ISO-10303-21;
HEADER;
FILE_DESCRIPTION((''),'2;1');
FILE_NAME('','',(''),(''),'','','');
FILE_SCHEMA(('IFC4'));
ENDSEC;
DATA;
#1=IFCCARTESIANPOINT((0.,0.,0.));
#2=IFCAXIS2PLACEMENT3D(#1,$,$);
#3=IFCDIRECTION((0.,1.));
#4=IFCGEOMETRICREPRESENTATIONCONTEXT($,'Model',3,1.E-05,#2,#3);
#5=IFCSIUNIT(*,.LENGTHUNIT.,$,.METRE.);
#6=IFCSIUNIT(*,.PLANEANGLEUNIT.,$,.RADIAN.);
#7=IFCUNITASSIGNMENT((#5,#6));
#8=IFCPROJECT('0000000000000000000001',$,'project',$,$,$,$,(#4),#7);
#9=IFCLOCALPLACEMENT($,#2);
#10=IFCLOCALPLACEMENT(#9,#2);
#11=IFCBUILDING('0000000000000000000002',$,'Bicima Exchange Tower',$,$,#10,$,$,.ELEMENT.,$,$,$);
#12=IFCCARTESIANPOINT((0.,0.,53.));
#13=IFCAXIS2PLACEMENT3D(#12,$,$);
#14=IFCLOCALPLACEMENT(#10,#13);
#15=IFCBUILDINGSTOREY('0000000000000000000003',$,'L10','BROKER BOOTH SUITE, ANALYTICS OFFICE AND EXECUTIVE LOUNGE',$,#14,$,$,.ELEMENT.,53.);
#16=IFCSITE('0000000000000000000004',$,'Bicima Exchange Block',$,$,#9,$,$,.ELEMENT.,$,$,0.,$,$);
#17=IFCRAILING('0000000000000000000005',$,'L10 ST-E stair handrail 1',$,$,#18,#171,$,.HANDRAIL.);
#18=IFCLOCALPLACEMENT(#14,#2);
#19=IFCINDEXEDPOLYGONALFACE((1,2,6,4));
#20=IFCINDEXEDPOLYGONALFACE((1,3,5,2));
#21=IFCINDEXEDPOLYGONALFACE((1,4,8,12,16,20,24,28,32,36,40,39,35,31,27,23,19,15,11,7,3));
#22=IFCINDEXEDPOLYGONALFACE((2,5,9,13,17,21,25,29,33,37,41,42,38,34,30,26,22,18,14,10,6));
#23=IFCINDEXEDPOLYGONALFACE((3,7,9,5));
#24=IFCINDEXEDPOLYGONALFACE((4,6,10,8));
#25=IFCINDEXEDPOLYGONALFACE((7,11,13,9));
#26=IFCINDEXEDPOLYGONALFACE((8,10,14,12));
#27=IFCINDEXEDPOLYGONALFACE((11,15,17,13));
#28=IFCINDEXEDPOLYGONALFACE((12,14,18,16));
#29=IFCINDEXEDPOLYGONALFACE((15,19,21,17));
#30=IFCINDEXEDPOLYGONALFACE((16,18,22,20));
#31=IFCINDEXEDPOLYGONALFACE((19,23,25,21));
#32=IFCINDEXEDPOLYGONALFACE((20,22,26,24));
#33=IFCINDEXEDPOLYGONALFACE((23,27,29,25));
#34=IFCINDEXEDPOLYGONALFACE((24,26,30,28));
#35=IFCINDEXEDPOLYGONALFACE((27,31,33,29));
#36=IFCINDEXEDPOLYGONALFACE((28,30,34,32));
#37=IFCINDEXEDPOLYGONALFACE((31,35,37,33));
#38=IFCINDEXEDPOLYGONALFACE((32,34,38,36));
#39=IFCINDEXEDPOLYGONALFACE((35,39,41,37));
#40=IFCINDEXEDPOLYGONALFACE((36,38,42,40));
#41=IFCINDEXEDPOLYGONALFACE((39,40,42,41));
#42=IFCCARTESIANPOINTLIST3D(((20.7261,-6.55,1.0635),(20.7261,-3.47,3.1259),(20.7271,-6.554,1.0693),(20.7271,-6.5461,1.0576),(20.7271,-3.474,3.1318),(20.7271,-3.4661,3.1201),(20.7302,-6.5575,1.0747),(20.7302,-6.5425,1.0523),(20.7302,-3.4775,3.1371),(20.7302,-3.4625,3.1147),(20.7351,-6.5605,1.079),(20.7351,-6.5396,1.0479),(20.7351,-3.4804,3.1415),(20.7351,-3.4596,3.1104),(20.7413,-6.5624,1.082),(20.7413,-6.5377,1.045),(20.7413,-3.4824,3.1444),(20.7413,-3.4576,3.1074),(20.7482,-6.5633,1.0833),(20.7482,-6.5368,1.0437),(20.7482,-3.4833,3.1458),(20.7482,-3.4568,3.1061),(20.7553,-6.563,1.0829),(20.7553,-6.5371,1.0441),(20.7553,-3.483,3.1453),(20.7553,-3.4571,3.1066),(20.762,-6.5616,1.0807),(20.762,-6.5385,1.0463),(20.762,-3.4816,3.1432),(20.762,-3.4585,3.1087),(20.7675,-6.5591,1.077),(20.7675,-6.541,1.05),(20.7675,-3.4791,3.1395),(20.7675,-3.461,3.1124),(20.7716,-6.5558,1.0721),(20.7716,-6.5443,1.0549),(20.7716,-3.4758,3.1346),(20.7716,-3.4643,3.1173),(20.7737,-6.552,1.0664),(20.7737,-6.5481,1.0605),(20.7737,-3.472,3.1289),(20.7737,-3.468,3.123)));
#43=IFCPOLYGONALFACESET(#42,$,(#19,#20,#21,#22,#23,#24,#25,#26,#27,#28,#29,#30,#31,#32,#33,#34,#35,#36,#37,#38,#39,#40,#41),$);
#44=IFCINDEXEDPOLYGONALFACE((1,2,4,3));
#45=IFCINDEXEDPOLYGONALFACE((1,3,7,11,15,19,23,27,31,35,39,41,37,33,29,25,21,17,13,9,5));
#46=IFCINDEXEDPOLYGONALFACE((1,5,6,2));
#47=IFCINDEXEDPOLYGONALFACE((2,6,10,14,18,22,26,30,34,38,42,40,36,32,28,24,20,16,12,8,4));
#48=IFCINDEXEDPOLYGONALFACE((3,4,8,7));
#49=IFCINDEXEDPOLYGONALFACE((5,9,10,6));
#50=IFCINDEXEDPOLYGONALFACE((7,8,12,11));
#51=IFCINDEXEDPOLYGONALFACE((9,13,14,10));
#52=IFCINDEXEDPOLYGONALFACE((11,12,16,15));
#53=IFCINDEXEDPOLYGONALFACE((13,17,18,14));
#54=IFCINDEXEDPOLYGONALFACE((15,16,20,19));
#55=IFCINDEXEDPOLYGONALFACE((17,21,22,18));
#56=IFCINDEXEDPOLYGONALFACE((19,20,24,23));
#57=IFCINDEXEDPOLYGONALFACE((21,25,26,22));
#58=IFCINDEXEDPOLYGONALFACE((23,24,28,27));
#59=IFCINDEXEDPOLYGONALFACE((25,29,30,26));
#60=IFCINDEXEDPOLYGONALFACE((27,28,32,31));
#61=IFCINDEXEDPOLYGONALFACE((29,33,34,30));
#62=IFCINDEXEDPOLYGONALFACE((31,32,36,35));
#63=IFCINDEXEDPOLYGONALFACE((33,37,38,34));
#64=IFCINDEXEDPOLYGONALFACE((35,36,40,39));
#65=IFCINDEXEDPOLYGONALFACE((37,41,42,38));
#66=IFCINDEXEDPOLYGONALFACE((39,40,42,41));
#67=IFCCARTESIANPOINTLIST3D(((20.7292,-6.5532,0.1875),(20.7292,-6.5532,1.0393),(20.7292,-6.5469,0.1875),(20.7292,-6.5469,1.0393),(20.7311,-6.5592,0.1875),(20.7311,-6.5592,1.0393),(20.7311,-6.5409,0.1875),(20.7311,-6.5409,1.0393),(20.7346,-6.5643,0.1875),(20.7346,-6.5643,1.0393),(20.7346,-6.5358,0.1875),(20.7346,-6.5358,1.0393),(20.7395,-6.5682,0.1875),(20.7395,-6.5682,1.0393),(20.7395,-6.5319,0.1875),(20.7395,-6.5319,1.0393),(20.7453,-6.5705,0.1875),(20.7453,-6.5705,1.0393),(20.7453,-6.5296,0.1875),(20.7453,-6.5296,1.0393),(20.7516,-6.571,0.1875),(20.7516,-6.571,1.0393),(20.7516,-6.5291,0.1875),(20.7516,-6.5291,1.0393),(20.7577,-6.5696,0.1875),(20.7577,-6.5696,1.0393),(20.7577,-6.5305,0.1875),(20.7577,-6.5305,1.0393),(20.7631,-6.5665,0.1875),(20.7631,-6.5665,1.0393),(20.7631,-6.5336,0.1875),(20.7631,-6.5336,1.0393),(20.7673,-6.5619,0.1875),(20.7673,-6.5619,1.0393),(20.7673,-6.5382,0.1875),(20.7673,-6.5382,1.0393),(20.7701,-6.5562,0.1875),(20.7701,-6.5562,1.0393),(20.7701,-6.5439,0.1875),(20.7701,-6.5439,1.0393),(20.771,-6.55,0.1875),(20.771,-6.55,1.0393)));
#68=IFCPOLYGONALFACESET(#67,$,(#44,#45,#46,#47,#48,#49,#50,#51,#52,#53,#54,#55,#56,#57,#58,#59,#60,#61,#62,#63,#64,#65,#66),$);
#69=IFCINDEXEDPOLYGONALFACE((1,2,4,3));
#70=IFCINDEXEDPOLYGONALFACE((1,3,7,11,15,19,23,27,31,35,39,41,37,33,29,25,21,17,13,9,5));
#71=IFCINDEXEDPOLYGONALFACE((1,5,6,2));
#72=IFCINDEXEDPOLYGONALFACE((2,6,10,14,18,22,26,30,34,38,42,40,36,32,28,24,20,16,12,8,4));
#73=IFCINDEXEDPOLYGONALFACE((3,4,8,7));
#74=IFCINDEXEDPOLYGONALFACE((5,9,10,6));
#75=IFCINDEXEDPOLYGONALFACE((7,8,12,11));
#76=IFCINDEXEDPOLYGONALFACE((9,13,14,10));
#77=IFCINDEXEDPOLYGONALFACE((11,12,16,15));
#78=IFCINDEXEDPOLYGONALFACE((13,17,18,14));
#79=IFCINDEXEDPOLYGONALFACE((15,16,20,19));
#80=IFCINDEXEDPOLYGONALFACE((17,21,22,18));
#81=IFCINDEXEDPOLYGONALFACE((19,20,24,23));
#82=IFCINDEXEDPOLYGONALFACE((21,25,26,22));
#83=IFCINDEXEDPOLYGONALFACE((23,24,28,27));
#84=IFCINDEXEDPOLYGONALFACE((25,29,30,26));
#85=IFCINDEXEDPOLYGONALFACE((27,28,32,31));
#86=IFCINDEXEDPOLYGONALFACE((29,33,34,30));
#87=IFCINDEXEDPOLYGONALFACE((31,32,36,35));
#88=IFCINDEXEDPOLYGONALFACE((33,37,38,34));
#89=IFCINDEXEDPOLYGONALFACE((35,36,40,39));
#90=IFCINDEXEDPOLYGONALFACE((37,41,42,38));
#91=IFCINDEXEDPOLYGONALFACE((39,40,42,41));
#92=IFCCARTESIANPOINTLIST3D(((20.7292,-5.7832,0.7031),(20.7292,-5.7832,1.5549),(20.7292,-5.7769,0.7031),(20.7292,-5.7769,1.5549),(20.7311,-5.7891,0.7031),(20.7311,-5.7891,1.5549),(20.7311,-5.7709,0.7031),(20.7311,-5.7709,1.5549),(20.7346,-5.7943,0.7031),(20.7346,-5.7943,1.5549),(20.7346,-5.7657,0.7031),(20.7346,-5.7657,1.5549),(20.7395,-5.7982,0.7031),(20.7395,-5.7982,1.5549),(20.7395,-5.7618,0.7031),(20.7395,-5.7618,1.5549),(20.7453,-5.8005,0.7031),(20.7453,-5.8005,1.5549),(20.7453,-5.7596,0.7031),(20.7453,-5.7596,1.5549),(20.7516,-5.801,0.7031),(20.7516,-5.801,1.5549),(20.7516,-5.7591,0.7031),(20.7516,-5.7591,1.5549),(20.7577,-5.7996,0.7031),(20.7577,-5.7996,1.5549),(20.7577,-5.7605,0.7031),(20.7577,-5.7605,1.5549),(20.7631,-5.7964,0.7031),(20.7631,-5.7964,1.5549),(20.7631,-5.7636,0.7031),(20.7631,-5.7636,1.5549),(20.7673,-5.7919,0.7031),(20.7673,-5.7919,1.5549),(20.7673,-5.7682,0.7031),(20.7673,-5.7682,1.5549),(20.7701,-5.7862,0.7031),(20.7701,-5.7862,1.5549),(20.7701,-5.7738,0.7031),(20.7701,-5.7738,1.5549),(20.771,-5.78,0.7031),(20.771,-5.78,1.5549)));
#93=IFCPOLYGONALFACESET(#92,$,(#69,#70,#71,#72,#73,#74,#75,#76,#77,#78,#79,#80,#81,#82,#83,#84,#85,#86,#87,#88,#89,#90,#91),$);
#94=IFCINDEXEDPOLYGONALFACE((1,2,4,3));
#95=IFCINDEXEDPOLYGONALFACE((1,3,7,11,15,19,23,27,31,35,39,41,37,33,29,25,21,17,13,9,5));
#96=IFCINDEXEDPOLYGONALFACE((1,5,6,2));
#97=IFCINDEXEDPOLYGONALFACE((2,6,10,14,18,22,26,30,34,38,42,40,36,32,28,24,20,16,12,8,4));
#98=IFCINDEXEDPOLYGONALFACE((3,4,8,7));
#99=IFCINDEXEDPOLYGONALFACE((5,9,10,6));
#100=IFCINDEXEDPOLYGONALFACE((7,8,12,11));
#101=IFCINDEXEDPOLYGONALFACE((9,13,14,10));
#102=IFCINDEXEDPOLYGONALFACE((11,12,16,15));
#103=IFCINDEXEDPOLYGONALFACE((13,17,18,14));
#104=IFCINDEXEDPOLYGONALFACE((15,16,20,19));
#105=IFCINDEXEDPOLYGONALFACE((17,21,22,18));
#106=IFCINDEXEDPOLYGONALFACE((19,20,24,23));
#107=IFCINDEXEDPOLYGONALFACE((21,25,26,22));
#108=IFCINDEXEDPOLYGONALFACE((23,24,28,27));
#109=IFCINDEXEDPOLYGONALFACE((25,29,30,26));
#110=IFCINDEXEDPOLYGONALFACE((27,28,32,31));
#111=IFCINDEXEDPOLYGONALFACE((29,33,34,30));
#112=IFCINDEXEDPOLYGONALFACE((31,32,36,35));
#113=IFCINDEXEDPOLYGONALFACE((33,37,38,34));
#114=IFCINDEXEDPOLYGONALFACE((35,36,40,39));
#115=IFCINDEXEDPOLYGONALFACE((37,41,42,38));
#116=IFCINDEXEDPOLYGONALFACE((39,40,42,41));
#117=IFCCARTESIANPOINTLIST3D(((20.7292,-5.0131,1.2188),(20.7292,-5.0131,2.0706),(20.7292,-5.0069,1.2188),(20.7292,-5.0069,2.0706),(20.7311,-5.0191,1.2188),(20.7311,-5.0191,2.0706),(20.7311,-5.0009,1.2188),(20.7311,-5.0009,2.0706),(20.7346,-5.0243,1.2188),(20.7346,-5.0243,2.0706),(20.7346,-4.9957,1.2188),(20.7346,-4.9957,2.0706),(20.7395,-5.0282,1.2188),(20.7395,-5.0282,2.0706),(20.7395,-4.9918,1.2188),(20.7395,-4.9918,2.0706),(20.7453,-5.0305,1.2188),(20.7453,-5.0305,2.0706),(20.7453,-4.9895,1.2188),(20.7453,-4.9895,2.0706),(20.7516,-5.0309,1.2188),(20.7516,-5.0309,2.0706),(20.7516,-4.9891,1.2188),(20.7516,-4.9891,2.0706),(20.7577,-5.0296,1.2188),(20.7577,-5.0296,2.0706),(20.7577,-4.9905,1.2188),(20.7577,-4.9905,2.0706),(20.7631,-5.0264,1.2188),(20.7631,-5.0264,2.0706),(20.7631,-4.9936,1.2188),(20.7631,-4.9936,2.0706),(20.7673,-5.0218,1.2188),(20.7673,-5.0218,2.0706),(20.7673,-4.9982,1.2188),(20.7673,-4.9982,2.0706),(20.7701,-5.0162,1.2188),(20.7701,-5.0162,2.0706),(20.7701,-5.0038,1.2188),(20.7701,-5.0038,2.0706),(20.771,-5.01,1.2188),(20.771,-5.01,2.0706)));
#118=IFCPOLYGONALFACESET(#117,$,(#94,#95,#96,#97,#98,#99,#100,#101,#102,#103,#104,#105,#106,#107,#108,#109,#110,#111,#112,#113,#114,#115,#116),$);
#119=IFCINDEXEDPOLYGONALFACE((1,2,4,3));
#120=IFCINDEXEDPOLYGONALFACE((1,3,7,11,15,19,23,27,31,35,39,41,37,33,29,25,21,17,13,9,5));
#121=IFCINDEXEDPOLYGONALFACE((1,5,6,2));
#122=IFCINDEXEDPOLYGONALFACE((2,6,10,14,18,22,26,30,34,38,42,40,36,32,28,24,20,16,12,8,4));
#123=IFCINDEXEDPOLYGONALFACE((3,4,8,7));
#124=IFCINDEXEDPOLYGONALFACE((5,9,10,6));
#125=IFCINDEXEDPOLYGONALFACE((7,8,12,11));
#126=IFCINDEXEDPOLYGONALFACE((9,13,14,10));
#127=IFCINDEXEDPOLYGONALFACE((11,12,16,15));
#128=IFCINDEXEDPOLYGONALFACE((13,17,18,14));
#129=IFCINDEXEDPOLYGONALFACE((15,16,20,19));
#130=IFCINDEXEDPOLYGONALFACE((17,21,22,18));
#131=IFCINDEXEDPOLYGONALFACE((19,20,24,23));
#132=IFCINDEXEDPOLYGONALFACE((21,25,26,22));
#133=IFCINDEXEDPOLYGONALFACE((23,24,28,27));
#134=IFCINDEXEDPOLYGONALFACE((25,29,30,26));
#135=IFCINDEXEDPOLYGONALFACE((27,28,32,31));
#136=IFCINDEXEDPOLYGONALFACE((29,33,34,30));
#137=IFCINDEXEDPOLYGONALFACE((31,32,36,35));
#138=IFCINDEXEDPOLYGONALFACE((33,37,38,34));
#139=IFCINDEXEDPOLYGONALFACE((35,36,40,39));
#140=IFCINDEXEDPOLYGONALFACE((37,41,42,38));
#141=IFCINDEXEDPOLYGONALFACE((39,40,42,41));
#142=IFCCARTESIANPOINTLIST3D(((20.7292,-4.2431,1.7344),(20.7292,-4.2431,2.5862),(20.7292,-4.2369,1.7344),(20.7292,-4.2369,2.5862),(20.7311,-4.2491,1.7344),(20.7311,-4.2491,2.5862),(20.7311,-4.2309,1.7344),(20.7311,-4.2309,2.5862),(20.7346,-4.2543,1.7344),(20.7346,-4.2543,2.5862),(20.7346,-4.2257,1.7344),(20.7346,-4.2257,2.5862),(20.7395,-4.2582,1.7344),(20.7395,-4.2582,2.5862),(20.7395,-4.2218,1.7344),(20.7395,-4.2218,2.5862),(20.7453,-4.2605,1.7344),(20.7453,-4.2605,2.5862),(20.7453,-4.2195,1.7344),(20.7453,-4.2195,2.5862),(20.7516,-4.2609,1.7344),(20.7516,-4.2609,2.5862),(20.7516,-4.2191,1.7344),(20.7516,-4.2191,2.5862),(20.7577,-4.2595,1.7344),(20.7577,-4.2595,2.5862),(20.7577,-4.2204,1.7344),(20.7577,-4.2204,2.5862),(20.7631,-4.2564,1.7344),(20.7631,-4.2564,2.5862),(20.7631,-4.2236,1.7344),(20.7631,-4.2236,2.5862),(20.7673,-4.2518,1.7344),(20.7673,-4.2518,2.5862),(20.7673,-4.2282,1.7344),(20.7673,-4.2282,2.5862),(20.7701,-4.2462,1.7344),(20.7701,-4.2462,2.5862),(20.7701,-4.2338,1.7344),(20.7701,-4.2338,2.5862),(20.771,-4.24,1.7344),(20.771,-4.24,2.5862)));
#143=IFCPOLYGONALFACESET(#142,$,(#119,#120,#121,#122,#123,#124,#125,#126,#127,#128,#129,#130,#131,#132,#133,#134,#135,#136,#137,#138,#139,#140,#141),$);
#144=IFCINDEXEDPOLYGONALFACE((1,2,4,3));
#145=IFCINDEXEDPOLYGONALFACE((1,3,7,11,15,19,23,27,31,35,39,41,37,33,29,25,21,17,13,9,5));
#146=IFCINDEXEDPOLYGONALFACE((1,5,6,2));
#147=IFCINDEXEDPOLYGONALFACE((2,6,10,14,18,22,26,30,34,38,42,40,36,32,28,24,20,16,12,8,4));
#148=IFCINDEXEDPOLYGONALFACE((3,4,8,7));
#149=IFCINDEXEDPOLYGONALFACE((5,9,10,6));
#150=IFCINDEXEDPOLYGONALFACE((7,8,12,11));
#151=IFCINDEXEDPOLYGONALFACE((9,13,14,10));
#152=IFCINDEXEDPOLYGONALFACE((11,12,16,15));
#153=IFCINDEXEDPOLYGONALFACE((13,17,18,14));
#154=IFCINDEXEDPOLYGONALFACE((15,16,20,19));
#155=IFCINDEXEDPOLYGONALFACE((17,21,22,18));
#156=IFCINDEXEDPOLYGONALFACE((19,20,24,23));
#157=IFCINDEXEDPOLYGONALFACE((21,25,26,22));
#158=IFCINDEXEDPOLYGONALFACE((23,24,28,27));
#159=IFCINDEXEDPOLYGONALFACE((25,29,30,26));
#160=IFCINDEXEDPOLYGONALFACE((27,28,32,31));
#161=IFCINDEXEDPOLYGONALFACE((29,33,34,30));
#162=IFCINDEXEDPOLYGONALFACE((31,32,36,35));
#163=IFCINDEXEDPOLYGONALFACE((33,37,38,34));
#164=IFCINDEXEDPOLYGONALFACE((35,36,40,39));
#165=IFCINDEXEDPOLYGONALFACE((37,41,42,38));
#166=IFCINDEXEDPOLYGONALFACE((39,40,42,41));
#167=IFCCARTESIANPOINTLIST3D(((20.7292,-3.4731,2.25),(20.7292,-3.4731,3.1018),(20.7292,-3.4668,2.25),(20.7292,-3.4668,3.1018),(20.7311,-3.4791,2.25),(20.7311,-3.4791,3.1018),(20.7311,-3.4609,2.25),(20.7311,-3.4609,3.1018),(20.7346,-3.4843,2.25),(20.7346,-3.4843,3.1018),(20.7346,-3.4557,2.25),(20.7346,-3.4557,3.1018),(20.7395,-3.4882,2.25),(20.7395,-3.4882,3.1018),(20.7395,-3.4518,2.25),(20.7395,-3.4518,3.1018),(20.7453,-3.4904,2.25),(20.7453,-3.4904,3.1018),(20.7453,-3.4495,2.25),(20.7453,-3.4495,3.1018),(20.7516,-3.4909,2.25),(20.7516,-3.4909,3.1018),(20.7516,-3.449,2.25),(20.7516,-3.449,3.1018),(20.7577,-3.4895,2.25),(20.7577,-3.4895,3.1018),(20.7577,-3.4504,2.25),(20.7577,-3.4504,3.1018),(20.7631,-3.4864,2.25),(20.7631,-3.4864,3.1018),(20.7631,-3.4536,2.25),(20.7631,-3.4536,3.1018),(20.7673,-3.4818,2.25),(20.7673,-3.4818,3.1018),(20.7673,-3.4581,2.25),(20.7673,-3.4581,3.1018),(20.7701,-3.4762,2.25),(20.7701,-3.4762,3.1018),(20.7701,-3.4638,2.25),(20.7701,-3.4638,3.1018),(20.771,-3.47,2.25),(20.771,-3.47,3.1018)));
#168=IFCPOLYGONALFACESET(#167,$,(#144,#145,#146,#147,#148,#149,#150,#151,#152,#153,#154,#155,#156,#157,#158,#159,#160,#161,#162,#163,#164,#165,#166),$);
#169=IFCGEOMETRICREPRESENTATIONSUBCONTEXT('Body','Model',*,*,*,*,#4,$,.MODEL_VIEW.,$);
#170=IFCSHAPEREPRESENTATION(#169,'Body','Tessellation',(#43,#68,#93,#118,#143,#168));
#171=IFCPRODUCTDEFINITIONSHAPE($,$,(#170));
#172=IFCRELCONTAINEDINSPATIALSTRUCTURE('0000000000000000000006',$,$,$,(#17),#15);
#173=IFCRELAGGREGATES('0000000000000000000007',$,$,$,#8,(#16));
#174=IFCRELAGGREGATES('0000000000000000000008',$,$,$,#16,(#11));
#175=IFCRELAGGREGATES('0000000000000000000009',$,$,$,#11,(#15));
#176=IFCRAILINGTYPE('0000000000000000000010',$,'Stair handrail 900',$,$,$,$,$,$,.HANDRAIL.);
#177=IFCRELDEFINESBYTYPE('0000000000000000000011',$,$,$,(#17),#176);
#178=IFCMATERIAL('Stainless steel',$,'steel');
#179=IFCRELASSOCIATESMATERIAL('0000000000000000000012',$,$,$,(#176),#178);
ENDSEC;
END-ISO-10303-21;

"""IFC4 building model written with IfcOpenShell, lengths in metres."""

from ifc_helpers import new_model, si_unit, direction, frame, origin, origin_2d, place, context, subcontext, project, spatial, circle, extrude, material, type_object, element, save


model = new_model("IFC4")

# Units and contexts
model_context = context("Model", 3, precision=1e-05, world=origin(), true_north=direction((0.0, 1.0)))
body_context = subcontext(model_context, "Body", "Model", "MODEL_VIEW")
ifc_project = project(units=[si_unit("LENGTHUNIT", "METRE"), si_unit("PLANEANGLEUNIT", "RADIAN")], contexts=[model_context])

# Site, building, storey
site_placement = place(None, origin())
site = spatial("IfcSite", under=ifc_project, at=site_placement, Name="Bicima Exchange Block", CompositionType="ELEMENT", RefElevation=0.0)
building_placement = place(site_placement, origin())
building = spatial("IfcBuilding", under=site, at=building_placement, Name="Bicima Exchange Tower", CompositionType="ELEMENT")
storey_placement = place(building_placement, frame((0.0, 0.0, 53.0)))
storey = spatial("IfcBuildingStorey", under=building, at=storey_placement, Name="L10", Description="BROKER BOOTH SUITE, ANALYTICS OFFICE AND EXECUTIVE LOUNGE", CompositionType="ELEMENT", Elevation=53.0)

# Railing
ifc_material_1 = material(Name="Stainless steel", Category="steel")
railing_type = type_object("IfcRailingType", Name="Stair handrail 900", PredefinedType="HANDRAIL", material=ifc_material_1)
railing_1_placement = place(storey_placement, frame((20.75, -6.55, 0.1875)))
element("IfcRailing", 1, at=railing_1_placement, inside=storey, type_object=railing_type, Name="L10 ST-E stair handrail 1", PredefinedType="HANDRAIL", context=body_context, shape_type="SweptSolid", body=[
    extrude(circle(Radius=0.0239, at=origin_2d()), frame((0.0, 0.0, 0.876), z_axis=(0.0, 0.830914, 0.556401), x_axis=(-1.0, 0.0, 0.0)), (0.0, 0.0, 1.0), 3.7068),
    extrude(circle(Radius=0.021, at=origin_2d()), origin(), (0.0, 0.0, 1.0), 0.8518),
    extrude(circle(Radius=0.021, at=origin_2d()), frame((0.0, 0.77, 0.5156)), (0.0, 0.0, 1.0), 0.8518),
    extrude(circle(Radius=0.021, at=origin_2d()), frame((0.0, 1.54, 1.0312)), (0.0, 0.0, 1.0), 0.8518),
    extrude(circle(Radius=0.021, at=origin_2d()), frame((0.0, 2.3101, 1.5469)), (0.0, 0.0, 1.0), 0.8518),
    extrude(circle(Radius=0.021, at=origin_2d()), frame((0.0, 3.0801, 2.0625)), (0.0, 0.0, 1.0), 0.8518),
])

save(model, "model.ifc")
